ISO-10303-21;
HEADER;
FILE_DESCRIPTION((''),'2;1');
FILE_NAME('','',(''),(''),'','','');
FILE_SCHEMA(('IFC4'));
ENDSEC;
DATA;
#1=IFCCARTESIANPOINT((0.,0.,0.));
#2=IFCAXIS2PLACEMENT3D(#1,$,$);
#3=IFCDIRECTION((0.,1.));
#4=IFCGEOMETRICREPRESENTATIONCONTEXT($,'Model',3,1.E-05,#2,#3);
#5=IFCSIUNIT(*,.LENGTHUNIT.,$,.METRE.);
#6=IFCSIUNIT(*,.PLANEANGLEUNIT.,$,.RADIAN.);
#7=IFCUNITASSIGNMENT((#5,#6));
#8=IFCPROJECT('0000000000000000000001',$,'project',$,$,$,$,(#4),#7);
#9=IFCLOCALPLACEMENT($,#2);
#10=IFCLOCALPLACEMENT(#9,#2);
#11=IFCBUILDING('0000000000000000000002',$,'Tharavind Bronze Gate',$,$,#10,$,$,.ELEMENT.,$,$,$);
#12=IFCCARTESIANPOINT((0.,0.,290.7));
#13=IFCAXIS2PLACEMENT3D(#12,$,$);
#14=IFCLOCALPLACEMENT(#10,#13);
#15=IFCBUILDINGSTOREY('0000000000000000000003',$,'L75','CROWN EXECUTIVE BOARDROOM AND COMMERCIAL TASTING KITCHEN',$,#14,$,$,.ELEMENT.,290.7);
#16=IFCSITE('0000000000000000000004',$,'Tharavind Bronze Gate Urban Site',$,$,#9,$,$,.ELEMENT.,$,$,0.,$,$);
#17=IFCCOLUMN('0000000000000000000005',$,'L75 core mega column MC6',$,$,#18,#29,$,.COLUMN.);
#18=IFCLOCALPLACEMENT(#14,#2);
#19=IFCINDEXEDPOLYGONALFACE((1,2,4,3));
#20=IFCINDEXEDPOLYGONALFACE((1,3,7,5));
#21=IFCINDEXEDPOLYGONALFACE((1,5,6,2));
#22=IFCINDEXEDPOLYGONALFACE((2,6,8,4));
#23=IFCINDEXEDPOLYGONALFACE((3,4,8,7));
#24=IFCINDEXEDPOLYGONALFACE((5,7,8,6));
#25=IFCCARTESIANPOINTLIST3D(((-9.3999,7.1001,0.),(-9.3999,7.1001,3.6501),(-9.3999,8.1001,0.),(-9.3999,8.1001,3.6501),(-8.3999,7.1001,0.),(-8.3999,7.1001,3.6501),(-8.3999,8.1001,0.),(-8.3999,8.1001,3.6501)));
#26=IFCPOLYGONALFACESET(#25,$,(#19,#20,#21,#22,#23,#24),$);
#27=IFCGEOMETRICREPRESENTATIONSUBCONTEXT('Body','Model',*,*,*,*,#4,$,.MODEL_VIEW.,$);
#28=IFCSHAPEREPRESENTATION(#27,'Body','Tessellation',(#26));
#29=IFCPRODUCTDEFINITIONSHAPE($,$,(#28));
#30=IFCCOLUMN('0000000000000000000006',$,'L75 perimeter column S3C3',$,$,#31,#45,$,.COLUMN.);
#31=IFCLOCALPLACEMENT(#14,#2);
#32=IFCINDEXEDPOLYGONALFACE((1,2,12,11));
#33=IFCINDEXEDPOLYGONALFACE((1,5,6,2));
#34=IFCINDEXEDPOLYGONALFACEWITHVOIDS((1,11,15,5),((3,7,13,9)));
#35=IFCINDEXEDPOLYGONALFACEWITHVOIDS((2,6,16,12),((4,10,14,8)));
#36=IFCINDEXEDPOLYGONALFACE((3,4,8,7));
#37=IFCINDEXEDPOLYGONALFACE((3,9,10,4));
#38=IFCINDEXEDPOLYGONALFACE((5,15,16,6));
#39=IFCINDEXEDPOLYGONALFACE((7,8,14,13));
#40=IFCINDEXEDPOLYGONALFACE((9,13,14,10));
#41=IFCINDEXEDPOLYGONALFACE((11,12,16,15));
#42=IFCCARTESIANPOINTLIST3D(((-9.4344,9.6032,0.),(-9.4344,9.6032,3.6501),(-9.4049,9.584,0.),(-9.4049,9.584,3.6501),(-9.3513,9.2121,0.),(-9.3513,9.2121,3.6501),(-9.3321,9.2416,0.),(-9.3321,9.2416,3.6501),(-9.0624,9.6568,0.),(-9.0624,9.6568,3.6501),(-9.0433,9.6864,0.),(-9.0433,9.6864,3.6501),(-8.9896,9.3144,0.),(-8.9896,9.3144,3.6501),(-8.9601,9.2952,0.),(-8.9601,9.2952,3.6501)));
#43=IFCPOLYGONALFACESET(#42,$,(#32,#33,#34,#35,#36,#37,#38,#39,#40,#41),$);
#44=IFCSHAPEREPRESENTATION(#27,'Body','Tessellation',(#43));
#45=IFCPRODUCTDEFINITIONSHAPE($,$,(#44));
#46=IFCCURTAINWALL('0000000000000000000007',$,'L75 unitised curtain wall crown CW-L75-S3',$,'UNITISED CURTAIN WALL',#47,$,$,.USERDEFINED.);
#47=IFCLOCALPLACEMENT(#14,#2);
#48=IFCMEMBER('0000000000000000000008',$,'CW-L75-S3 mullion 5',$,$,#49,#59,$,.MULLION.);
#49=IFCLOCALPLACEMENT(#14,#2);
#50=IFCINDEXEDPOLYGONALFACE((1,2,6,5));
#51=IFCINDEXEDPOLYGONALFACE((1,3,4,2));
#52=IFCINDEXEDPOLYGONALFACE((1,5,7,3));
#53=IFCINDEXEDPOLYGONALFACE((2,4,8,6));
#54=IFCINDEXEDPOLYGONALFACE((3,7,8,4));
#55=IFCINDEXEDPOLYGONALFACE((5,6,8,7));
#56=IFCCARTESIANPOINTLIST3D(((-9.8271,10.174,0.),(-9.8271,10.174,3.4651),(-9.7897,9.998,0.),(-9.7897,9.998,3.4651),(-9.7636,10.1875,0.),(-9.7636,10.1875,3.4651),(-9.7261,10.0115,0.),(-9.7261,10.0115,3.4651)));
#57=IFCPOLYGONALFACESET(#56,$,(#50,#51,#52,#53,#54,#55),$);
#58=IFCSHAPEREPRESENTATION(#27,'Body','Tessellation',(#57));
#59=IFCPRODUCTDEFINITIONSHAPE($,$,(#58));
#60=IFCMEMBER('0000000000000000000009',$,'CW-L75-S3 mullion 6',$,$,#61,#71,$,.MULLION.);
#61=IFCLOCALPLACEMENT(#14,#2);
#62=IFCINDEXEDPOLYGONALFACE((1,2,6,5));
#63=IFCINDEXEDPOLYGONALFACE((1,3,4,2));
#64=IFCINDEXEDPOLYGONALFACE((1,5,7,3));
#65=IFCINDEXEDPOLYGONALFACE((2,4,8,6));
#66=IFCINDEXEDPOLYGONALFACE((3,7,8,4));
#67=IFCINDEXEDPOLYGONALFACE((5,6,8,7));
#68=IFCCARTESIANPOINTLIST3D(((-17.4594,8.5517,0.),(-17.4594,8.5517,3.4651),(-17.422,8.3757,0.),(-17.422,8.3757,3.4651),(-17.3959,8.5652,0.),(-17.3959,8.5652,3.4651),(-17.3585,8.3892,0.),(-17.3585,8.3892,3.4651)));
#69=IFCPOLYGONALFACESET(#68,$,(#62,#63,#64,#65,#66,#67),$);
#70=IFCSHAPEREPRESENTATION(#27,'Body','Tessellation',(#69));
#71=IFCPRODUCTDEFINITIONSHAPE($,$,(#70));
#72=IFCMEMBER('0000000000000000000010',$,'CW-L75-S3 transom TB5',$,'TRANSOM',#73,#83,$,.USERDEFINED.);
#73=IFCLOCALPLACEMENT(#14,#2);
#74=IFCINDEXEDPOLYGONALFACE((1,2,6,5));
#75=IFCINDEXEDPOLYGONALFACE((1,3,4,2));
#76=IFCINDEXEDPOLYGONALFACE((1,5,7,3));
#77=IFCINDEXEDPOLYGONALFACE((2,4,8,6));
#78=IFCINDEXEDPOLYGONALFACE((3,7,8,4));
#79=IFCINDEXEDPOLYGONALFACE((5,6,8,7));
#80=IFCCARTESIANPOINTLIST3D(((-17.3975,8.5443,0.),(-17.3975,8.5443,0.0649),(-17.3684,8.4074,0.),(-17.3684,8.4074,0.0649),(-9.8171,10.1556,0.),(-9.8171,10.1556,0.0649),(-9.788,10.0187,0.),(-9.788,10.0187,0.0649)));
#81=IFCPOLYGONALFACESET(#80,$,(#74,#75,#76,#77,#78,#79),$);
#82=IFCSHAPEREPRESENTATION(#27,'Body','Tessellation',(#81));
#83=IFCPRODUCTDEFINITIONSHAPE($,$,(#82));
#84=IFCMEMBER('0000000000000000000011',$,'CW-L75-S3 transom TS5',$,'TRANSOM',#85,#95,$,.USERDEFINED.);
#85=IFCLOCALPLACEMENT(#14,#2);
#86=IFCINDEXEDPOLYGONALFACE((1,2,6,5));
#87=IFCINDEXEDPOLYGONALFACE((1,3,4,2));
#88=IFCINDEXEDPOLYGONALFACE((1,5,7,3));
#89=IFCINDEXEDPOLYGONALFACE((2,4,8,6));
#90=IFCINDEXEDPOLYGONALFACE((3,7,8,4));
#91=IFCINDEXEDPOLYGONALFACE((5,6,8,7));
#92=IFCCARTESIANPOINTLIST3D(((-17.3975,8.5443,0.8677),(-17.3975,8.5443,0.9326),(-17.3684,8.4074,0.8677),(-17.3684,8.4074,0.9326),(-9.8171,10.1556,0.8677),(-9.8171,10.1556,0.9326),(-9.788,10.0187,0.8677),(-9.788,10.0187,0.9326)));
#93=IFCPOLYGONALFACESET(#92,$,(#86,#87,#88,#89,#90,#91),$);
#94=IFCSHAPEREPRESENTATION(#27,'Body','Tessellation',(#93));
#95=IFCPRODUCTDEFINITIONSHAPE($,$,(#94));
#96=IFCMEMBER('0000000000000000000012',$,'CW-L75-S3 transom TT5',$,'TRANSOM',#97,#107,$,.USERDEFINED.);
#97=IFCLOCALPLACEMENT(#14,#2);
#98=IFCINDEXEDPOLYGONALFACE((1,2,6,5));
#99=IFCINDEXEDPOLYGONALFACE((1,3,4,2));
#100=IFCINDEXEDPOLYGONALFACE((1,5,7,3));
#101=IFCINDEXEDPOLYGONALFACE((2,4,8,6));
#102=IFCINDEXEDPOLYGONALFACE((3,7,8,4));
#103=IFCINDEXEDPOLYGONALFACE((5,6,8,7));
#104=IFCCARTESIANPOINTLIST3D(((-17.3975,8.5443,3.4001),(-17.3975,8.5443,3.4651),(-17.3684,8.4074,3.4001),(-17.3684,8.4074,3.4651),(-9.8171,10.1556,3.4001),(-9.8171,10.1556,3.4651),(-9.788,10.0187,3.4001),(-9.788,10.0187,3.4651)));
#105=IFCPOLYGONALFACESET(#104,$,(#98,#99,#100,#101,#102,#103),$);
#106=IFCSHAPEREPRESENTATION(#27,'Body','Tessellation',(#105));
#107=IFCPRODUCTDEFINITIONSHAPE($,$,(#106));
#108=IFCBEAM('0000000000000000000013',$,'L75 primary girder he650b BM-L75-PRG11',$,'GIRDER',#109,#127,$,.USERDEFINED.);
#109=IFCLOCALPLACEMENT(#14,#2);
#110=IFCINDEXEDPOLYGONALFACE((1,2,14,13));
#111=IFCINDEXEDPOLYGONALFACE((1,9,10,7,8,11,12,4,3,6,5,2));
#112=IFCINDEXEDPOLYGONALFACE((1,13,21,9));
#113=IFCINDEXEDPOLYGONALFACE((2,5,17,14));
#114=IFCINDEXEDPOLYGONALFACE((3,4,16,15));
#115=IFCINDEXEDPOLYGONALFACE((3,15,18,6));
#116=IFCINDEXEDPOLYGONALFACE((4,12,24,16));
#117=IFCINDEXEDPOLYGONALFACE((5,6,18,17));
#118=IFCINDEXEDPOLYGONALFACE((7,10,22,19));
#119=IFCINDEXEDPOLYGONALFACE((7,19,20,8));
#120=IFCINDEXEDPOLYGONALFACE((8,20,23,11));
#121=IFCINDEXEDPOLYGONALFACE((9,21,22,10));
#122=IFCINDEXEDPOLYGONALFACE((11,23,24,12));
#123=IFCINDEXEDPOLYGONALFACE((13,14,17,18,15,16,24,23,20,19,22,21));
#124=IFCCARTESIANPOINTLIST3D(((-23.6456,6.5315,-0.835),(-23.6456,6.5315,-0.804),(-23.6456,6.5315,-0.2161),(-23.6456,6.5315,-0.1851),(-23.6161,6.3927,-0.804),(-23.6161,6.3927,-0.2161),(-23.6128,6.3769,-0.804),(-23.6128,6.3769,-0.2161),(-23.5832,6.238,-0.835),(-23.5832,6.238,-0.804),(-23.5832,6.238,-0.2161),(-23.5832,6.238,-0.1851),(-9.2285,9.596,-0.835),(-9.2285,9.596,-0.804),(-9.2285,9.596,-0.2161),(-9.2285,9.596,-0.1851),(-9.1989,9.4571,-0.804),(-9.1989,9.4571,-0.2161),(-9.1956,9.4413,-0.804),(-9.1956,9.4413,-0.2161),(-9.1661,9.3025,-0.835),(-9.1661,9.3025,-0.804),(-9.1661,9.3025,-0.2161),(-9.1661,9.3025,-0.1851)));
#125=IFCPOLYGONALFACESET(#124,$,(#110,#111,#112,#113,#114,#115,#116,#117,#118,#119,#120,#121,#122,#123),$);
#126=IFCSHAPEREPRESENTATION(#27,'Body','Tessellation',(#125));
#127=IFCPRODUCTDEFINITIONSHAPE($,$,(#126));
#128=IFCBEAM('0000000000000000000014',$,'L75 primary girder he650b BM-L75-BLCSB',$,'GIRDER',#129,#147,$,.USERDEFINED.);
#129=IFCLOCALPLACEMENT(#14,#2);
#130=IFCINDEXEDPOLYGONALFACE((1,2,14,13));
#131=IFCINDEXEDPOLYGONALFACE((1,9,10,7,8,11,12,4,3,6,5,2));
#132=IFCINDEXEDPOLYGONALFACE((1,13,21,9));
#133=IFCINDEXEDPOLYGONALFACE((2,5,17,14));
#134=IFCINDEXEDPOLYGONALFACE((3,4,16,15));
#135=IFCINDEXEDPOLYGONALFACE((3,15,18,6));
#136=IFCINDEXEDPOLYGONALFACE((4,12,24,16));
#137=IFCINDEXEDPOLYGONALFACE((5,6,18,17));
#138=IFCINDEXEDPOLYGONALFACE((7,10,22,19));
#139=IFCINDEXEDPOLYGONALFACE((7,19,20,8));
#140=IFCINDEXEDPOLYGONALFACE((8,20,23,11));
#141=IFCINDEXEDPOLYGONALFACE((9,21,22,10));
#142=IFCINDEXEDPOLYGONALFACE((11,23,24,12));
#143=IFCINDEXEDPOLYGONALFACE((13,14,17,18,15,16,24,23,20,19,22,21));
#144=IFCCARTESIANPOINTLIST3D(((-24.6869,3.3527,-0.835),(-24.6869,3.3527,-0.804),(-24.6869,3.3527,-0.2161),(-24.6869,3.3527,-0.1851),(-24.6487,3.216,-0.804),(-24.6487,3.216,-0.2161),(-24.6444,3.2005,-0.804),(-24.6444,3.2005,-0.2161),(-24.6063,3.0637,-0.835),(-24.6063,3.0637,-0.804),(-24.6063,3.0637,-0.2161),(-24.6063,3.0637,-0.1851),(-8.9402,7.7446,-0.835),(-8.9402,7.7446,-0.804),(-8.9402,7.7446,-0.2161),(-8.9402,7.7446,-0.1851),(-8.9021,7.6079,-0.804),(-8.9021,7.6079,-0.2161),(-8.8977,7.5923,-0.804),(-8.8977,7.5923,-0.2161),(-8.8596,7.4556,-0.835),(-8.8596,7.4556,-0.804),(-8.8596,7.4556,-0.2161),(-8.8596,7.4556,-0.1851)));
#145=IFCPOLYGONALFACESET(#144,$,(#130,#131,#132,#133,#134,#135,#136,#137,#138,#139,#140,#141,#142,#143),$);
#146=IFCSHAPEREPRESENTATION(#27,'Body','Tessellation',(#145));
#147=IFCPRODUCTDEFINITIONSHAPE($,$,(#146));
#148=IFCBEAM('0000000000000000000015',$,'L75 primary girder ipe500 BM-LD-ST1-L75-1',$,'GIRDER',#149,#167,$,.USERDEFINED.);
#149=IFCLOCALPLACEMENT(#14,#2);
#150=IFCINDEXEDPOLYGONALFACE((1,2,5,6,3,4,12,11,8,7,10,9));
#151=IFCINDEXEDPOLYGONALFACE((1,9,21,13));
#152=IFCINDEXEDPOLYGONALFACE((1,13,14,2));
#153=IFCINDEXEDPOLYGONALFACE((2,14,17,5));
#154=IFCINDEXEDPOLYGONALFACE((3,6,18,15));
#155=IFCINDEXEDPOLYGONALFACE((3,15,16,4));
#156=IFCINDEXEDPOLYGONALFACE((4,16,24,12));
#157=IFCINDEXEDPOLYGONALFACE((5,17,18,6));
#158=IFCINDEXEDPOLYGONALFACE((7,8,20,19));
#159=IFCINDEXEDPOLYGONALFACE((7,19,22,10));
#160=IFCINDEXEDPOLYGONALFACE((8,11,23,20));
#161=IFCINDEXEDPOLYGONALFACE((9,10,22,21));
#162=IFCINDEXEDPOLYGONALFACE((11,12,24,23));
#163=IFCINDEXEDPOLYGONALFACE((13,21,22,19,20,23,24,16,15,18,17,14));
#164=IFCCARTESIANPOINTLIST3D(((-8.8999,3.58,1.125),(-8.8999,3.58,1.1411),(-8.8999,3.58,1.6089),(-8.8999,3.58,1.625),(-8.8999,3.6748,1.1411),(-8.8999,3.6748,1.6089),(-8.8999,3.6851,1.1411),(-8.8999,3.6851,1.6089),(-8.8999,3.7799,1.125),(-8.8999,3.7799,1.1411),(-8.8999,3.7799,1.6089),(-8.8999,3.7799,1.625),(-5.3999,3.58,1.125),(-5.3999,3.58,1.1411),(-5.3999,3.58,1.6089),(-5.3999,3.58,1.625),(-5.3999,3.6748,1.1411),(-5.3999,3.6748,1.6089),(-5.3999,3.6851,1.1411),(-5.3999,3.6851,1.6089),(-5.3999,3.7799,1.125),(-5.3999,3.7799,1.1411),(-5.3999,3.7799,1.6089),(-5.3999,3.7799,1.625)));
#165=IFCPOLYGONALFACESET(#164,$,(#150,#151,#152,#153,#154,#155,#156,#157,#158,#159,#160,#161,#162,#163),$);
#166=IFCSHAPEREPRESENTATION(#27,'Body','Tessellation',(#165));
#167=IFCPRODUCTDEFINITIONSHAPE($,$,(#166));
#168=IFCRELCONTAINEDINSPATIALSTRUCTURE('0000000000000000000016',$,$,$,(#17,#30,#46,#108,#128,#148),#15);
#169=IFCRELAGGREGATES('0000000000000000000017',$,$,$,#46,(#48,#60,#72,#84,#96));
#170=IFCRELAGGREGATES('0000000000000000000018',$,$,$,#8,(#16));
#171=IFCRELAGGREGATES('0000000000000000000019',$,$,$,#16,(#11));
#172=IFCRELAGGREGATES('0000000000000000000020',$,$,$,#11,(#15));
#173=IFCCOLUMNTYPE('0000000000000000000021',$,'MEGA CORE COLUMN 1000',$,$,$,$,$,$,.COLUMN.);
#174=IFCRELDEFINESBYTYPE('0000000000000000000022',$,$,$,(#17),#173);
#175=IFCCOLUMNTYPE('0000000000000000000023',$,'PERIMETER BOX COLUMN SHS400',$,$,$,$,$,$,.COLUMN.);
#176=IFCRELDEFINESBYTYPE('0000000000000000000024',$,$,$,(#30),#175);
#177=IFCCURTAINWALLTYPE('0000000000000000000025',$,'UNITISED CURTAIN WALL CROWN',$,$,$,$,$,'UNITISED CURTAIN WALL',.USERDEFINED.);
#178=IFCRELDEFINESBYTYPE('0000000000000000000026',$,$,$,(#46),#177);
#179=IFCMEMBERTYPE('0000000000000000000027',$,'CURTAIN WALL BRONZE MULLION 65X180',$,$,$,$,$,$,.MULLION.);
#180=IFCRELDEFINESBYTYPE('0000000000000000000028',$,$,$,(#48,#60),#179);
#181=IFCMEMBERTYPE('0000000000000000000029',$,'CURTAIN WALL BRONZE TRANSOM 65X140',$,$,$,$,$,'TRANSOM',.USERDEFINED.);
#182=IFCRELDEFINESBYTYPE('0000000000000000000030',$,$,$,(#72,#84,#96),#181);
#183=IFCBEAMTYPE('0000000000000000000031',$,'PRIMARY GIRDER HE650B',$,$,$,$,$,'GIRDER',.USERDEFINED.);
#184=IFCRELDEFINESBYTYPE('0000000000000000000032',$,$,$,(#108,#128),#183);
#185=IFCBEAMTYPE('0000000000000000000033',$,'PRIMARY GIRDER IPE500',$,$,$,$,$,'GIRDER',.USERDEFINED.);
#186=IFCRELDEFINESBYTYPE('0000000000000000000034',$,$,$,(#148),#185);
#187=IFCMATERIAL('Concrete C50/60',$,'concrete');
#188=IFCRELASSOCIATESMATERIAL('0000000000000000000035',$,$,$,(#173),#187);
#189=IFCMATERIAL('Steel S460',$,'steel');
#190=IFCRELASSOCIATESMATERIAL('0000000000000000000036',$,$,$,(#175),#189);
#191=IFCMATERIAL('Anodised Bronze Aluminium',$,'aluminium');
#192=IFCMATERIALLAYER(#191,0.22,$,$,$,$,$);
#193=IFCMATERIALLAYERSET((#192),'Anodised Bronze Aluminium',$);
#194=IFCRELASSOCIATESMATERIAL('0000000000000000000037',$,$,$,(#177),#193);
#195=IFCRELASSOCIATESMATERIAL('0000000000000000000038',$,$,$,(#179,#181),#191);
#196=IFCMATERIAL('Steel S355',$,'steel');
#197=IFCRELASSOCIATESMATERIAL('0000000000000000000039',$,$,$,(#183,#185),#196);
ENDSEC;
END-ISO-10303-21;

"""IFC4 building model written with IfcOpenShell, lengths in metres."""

from ifc_helpers import new_model, si_unit, direction, frame, origin, origin_2d, place, context, subcontext, project, spatial, rectangle, hollow_rectangle, i_section, extrude, material, layer, layer_set, material_profile, profile_set, type_object, element, aggregate, save


model = new_model("IFC4")

# Units and contexts
model_context = context("Model", 3, precision=1e-05, world=origin(), true_north=direction((0.0, 1.0)))
body_context = subcontext(model_context, "Body", "Model", "MODEL_VIEW")
ifc_project = project(units=[si_unit("LENGTHUNIT", "METRE"), si_unit("PLANEANGLEUNIT", "RADIAN")], contexts=[model_context])

# Site, building, storey
site_placement = place(None, origin())
site = spatial("IfcSite", under=ifc_project, at=site_placement, Name="Tharavind Bronze Gate Urban Site", CompositionType="ELEMENT", RefElevation=0.0)
building_placement = place(site_placement, origin())
building = spatial("IfcBuilding", under=site, at=building_placement, Name="Tharavind Bronze Gate", CompositionType="ELEMENT")
storey_placement = place(building_placement, frame((0.0, 0.0, 290.7)))
storey = spatial("IfcBuildingStorey", under=building, at=storey_placement, Name="L75", Description="CROWN EXECUTIVE BOARDROOM AND COMMERCIAL TASTING KITCHEN", CompositionType="ELEMENT", Elevation=290.7)

# Columns
ifc_material_1 = material(Name="Concrete C50/60", Category="concrete")
ifc_material_profile_1 = material_profile(ifc_material_1, rectangle(XDim=1.0, YDim=1.0, at=origin_2d()), Name="RCCOL1000")
ifc_profile_set_1 = profile_set([ifc_material_profile_1], Name="Concrete C50/60")
column_type_1 = type_object("IfcColumnType", Name="MEGA CORE COLUMN 1000", PredefinedType="COLUMN", material=ifc_profile_set_1)
column_1_placement = place(storey_placement, frame((-8.8999, 7.6001, 0.0), z_axis=(0.0, 0.0, 1.0), x_axis=(1.0, 0.0, 0.0)))
element("IfcColumn", 1, at=column_1_placement, inside=storey, type_object=column_type_1, Name="L75 core mega column MC6", PredefinedType="COLUMN", context=body_context, shape_type="SweptSolid", body=[
    extrude(rectangle(XDim=1.0, YDim=1.0, at=origin_2d()), origin(), (0.0, 0.0, 1.0), 3.6501),
])
ifc_material_2 = material(Name="Steel S460", Category="steel")
ifc_material_profile_2 = material_profile(ifc_material_2, hollow_rectangle(XDim=0.3999, YDim=0.3999, WallThickness=0.0249, at=origin_2d()), Name="SHS400X25")
ifc_profile_set_2 = profile_set([ifc_material_profile_2], Name="Steel S460")
column_type_2 = type_object("IfcColumnType", Name="PERIMETER BOX COLUMN SHS400", PredefinedType="COLUMN", material=ifc_profile_set_2)
column_2_placement = place(storey_placement, frame((-9.1973, 9.4492, 0.0), z_axis=(0.0, 0.0, 1.0), x_axis=(0.978147, 0.207913, 0.0)))
element("IfcColumn", 2, at=column_2_placement, inside=storey, type_object=column_type_2, Name="L75 perimeter column S3C3", PredefinedType="COLUMN", context=body_context, shape_type="SweptSolid", body=[
    extrude(hollow_rectangle(XDim=0.3999, YDim=0.3999, WallThickness=0.0249, at=origin_2d()), origin(), (0.0, 0.0, 1.0), 3.6501),
])

# Curtain wall, members
ifc_material_3 = material(Name="Anodised Bronze Aluminium", Category="aluminium")
ifc_layer_1 = layer(ifc_material_3, 0.22)
ifc_layer_set_1 = layer_set([ifc_layer_1], Name="Anodised Bronze Aluminium")
curtain_wall_type = type_object("IfcCurtainWallType", Name="UNITISED CURTAIN WALL CROWN", ElementType="UNITISED CURTAIN WALL", PredefinedType="USERDEFINED", material=ifc_layer_set_1)
curtain_wall_placement = place(storey_placement, origin())
curtain_wall = element("IfcCurtainWall", 3, at=curtain_wall_placement, inside=storey, type_object=curtain_wall_type, Name="L75 unitised curtain wall crown CW-L75-S3", ObjectType="UNITISED CURTAIN WALL", PredefinedType="USERDEFINED")
member_type_1 = type_object("IfcMemberType", Name="CURTAIN WALL BRONZE MULLION 65X180", PredefinedType="MULLION", material=ifc_material_3)
member_1_placement = place(storey_placement, frame((-9.7766, 10.0928, 0.0), z_axis=(0.0, 0.0, 1.0), x_axis=(-0.978147, -0.207913, 0.0)))
member_1 = element("IfcMember", 4, at=member_1_placement, type_object=member_type_1, Name="CW-L75-S3 mullion 5", PredefinedType="MULLION", context=body_context, shape_type="SweptSolid", body=[
    extrude(rectangle(XDim=0.0649, YDim=0.1799, at=origin_2d()), origin(), (0.0, 0.0, 1.0), 3.4651),
])
member_2_placement = place(storey_placement, frame((-17.4089, 8.4705, 0.0), z_axis=(0.0, 0.0, 1.0), x_axis=(-0.978147, -0.207913, 0.0)))
member_2 = element("IfcMember", 5, at=member_2_placement, type_object=member_type_1, Name="CW-L75-S3 mullion 6", PredefinedType="MULLION", context=body_context, shape_type="SweptSolid", body=[
    extrude(rectangle(XDim=0.0649, YDim=0.1799, at=origin_2d()), origin(), (0.0, 0.0, 1.0), 3.4651),
])
member_type_2 = type_object("IfcMemberType", Name="CURTAIN WALL BRONZE TRANSOM 65X140", ElementType="TRANSOM", PredefinedType="USERDEFINED", material=ifc_material_3)
member_3_placement = place(storey_placement, frame((-13.5928, 9.2815, 0.0), z_axis=(0.0, 0.0, 1.0), x_axis=(-0.978147, -0.207913, 0.0)))
member_3 = element("IfcMember", 6, at=member_3_placement, type_object=member_type_2, Name="CW-L75-S3 transom TB5", ObjectType="TRANSOM", PredefinedType="USERDEFINED", context=body_context, shape_type="SweptSolid", body=[
    extrude(rectangle(XDim=7.7498, YDim=0.1399, at=origin_2d()), origin(), (0.0, 0.0, 1.0), 0.0649),
])
member_4_placement = place(storey_placement, frame((-13.5928, 9.2815, 0.8677), z_axis=(0.0, 0.0, 1.0), x_axis=(-0.978147, -0.207913, 0.0)))
member_4 = element("IfcMember", 7, at=member_4_placement, type_object=member_type_2, Name="CW-L75-S3 transom TS5", ObjectType="TRANSOM", PredefinedType="USERDEFINED", context=body_context, shape_type="SweptSolid", body=[
    extrude(rectangle(XDim=7.7498, YDim=0.1399, at=origin_2d()), origin(), (0.0, 0.0, 1.0), 0.0649),
])
member_5_placement = place(storey_placement, frame((-13.5928, 9.2815, 3.4001), z_axis=(0.0, 0.0, 1.0), x_axis=(-0.978147, -0.207913, 0.0)))
member_5 = element("IfcMember", 8, at=member_5_placement, type_object=member_type_2, Name="CW-L75-S3 transom TT5", ObjectType="TRANSOM", PredefinedType="USERDEFINED", context=body_context, shape_type="SweptSolid", body=[
    extrude(rectangle(XDim=7.7498, YDim=0.1399, at=origin_2d()), origin(), (0.0, 0.0, 1.0), 0.0649),
])

# Beams
ifc_material_4 = material(Name="Steel S355", Category="steel")
ifc_material_profile_3 = material_profile(ifc_material_4, i_section(OverallWidth=0.3, OverallDepth=0.6499, WebThickness=0.0161, FlangeThickness=0.031, at=origin_2d()), Name="HE650B")
ifc_profile_set_3 = profile_set([ifc_material_profile_3], Name="Steel S355")
beam_type_1 = type_object("IfcBeamType", Name="PRIMARY GIRDER HE650B", ElementType="GIRDER", PredefinedType="USERDEFINED", material=ifc_profile_set_3)
beam_1_placement = place(storey_placement, frame((-9.1973, 9.4492, -0.51), z_axis=(-0.978148, -0.20791, 0.0), x_axis=(0.20791, -0.978148, 0.0)))
element("IfcBeam", 9, at=beam_1_placement, inside=storey, type_object=beam_type_1, Name="L75 primary girder he650b BM-L75-PRG11", ObjectType="GIRDER", PredefinedType="USERDEFINED", context=body_context, shape_type="SweptSolid", body=[
    extrude(i_section(OverallWidth=0.3, OverallDepth=0.6499, WebThickness=0.0161, FlangeThickness=0.031, at=origin_2d()), origin(), (0.0, 0.0, 1.0), 14.7393),
])
beam_2_placement = place(storey_placement, frame((-8.8999, 7.6001, -0.51), z_axis=(-0.963237, -0.268654, 0.0), x_axis=(0.268654, -0.963237, 0.0)))
element("IfcBeam", 10, at=beam_2_placement, inside=storey, type_object=beam_type_1, Name="L75 primary girder he650b BM-L75-BLCSB", ObjectType="GIRDER", PredefinedType="USERDEFINED", context=body_context, shape_type="SweptSolid", body=[
    extrude(i_section(OverallWidth=0.3, OverallDepth=0.6499, WebThickness=0.0161, FlangeThickness=0.031, at=origin_2d()), origin(), (0.0, 0.0, 1.0), 16.3477),
])
ifc_material_profile_4 = material_profile(ifc_material_4, i_section(OverallWidth=0.2, OverallDepth=0.5, WebThickness=0.0103, FlangeThickness=0.0161, at=origin_2d()), Name="IPE500")
ifc_profile_set_4 = profile_set([ifc_material_profile_4], Name="Steel S355")
beam_type_2 = type_object("IfcBeamType", Name="PRIMARY GIRDER IPE500", ElementType="GIRDER", PredefinedType="USERDEFINED", material=ifc_profile_set_4)
beam_3_placement = place(storey_placement, frame((-8.8999, 3.6799, 1.375), z_axis=(1.0, 0.0, 0.0), x_axis=(0.0, 1.0, 0.0)))
element("IfcBeam", 11, at=beam_3_placement, inside=storey, type_object=beam_type_2, Name="L75 primary girder ipe500 BM-LD-ST1-L75-1", ObjectType="GIRDER", PredefinedType="USERDEFINED", context=body_context, shape_type="SweptSolid", body=[
    extrude(i_section(OverallWidth=0.2, OverallDepth=0.5, WebThickness=0.0103, FlangeThickness=0.0161, at=origin_2d()), origin(), (0.0, 0.0, 1.0), 3.5),
])

aggregate(curtain_wall, [member_1, member_2, member_3, member_4, member_5])

save(model, "model.ifc")
